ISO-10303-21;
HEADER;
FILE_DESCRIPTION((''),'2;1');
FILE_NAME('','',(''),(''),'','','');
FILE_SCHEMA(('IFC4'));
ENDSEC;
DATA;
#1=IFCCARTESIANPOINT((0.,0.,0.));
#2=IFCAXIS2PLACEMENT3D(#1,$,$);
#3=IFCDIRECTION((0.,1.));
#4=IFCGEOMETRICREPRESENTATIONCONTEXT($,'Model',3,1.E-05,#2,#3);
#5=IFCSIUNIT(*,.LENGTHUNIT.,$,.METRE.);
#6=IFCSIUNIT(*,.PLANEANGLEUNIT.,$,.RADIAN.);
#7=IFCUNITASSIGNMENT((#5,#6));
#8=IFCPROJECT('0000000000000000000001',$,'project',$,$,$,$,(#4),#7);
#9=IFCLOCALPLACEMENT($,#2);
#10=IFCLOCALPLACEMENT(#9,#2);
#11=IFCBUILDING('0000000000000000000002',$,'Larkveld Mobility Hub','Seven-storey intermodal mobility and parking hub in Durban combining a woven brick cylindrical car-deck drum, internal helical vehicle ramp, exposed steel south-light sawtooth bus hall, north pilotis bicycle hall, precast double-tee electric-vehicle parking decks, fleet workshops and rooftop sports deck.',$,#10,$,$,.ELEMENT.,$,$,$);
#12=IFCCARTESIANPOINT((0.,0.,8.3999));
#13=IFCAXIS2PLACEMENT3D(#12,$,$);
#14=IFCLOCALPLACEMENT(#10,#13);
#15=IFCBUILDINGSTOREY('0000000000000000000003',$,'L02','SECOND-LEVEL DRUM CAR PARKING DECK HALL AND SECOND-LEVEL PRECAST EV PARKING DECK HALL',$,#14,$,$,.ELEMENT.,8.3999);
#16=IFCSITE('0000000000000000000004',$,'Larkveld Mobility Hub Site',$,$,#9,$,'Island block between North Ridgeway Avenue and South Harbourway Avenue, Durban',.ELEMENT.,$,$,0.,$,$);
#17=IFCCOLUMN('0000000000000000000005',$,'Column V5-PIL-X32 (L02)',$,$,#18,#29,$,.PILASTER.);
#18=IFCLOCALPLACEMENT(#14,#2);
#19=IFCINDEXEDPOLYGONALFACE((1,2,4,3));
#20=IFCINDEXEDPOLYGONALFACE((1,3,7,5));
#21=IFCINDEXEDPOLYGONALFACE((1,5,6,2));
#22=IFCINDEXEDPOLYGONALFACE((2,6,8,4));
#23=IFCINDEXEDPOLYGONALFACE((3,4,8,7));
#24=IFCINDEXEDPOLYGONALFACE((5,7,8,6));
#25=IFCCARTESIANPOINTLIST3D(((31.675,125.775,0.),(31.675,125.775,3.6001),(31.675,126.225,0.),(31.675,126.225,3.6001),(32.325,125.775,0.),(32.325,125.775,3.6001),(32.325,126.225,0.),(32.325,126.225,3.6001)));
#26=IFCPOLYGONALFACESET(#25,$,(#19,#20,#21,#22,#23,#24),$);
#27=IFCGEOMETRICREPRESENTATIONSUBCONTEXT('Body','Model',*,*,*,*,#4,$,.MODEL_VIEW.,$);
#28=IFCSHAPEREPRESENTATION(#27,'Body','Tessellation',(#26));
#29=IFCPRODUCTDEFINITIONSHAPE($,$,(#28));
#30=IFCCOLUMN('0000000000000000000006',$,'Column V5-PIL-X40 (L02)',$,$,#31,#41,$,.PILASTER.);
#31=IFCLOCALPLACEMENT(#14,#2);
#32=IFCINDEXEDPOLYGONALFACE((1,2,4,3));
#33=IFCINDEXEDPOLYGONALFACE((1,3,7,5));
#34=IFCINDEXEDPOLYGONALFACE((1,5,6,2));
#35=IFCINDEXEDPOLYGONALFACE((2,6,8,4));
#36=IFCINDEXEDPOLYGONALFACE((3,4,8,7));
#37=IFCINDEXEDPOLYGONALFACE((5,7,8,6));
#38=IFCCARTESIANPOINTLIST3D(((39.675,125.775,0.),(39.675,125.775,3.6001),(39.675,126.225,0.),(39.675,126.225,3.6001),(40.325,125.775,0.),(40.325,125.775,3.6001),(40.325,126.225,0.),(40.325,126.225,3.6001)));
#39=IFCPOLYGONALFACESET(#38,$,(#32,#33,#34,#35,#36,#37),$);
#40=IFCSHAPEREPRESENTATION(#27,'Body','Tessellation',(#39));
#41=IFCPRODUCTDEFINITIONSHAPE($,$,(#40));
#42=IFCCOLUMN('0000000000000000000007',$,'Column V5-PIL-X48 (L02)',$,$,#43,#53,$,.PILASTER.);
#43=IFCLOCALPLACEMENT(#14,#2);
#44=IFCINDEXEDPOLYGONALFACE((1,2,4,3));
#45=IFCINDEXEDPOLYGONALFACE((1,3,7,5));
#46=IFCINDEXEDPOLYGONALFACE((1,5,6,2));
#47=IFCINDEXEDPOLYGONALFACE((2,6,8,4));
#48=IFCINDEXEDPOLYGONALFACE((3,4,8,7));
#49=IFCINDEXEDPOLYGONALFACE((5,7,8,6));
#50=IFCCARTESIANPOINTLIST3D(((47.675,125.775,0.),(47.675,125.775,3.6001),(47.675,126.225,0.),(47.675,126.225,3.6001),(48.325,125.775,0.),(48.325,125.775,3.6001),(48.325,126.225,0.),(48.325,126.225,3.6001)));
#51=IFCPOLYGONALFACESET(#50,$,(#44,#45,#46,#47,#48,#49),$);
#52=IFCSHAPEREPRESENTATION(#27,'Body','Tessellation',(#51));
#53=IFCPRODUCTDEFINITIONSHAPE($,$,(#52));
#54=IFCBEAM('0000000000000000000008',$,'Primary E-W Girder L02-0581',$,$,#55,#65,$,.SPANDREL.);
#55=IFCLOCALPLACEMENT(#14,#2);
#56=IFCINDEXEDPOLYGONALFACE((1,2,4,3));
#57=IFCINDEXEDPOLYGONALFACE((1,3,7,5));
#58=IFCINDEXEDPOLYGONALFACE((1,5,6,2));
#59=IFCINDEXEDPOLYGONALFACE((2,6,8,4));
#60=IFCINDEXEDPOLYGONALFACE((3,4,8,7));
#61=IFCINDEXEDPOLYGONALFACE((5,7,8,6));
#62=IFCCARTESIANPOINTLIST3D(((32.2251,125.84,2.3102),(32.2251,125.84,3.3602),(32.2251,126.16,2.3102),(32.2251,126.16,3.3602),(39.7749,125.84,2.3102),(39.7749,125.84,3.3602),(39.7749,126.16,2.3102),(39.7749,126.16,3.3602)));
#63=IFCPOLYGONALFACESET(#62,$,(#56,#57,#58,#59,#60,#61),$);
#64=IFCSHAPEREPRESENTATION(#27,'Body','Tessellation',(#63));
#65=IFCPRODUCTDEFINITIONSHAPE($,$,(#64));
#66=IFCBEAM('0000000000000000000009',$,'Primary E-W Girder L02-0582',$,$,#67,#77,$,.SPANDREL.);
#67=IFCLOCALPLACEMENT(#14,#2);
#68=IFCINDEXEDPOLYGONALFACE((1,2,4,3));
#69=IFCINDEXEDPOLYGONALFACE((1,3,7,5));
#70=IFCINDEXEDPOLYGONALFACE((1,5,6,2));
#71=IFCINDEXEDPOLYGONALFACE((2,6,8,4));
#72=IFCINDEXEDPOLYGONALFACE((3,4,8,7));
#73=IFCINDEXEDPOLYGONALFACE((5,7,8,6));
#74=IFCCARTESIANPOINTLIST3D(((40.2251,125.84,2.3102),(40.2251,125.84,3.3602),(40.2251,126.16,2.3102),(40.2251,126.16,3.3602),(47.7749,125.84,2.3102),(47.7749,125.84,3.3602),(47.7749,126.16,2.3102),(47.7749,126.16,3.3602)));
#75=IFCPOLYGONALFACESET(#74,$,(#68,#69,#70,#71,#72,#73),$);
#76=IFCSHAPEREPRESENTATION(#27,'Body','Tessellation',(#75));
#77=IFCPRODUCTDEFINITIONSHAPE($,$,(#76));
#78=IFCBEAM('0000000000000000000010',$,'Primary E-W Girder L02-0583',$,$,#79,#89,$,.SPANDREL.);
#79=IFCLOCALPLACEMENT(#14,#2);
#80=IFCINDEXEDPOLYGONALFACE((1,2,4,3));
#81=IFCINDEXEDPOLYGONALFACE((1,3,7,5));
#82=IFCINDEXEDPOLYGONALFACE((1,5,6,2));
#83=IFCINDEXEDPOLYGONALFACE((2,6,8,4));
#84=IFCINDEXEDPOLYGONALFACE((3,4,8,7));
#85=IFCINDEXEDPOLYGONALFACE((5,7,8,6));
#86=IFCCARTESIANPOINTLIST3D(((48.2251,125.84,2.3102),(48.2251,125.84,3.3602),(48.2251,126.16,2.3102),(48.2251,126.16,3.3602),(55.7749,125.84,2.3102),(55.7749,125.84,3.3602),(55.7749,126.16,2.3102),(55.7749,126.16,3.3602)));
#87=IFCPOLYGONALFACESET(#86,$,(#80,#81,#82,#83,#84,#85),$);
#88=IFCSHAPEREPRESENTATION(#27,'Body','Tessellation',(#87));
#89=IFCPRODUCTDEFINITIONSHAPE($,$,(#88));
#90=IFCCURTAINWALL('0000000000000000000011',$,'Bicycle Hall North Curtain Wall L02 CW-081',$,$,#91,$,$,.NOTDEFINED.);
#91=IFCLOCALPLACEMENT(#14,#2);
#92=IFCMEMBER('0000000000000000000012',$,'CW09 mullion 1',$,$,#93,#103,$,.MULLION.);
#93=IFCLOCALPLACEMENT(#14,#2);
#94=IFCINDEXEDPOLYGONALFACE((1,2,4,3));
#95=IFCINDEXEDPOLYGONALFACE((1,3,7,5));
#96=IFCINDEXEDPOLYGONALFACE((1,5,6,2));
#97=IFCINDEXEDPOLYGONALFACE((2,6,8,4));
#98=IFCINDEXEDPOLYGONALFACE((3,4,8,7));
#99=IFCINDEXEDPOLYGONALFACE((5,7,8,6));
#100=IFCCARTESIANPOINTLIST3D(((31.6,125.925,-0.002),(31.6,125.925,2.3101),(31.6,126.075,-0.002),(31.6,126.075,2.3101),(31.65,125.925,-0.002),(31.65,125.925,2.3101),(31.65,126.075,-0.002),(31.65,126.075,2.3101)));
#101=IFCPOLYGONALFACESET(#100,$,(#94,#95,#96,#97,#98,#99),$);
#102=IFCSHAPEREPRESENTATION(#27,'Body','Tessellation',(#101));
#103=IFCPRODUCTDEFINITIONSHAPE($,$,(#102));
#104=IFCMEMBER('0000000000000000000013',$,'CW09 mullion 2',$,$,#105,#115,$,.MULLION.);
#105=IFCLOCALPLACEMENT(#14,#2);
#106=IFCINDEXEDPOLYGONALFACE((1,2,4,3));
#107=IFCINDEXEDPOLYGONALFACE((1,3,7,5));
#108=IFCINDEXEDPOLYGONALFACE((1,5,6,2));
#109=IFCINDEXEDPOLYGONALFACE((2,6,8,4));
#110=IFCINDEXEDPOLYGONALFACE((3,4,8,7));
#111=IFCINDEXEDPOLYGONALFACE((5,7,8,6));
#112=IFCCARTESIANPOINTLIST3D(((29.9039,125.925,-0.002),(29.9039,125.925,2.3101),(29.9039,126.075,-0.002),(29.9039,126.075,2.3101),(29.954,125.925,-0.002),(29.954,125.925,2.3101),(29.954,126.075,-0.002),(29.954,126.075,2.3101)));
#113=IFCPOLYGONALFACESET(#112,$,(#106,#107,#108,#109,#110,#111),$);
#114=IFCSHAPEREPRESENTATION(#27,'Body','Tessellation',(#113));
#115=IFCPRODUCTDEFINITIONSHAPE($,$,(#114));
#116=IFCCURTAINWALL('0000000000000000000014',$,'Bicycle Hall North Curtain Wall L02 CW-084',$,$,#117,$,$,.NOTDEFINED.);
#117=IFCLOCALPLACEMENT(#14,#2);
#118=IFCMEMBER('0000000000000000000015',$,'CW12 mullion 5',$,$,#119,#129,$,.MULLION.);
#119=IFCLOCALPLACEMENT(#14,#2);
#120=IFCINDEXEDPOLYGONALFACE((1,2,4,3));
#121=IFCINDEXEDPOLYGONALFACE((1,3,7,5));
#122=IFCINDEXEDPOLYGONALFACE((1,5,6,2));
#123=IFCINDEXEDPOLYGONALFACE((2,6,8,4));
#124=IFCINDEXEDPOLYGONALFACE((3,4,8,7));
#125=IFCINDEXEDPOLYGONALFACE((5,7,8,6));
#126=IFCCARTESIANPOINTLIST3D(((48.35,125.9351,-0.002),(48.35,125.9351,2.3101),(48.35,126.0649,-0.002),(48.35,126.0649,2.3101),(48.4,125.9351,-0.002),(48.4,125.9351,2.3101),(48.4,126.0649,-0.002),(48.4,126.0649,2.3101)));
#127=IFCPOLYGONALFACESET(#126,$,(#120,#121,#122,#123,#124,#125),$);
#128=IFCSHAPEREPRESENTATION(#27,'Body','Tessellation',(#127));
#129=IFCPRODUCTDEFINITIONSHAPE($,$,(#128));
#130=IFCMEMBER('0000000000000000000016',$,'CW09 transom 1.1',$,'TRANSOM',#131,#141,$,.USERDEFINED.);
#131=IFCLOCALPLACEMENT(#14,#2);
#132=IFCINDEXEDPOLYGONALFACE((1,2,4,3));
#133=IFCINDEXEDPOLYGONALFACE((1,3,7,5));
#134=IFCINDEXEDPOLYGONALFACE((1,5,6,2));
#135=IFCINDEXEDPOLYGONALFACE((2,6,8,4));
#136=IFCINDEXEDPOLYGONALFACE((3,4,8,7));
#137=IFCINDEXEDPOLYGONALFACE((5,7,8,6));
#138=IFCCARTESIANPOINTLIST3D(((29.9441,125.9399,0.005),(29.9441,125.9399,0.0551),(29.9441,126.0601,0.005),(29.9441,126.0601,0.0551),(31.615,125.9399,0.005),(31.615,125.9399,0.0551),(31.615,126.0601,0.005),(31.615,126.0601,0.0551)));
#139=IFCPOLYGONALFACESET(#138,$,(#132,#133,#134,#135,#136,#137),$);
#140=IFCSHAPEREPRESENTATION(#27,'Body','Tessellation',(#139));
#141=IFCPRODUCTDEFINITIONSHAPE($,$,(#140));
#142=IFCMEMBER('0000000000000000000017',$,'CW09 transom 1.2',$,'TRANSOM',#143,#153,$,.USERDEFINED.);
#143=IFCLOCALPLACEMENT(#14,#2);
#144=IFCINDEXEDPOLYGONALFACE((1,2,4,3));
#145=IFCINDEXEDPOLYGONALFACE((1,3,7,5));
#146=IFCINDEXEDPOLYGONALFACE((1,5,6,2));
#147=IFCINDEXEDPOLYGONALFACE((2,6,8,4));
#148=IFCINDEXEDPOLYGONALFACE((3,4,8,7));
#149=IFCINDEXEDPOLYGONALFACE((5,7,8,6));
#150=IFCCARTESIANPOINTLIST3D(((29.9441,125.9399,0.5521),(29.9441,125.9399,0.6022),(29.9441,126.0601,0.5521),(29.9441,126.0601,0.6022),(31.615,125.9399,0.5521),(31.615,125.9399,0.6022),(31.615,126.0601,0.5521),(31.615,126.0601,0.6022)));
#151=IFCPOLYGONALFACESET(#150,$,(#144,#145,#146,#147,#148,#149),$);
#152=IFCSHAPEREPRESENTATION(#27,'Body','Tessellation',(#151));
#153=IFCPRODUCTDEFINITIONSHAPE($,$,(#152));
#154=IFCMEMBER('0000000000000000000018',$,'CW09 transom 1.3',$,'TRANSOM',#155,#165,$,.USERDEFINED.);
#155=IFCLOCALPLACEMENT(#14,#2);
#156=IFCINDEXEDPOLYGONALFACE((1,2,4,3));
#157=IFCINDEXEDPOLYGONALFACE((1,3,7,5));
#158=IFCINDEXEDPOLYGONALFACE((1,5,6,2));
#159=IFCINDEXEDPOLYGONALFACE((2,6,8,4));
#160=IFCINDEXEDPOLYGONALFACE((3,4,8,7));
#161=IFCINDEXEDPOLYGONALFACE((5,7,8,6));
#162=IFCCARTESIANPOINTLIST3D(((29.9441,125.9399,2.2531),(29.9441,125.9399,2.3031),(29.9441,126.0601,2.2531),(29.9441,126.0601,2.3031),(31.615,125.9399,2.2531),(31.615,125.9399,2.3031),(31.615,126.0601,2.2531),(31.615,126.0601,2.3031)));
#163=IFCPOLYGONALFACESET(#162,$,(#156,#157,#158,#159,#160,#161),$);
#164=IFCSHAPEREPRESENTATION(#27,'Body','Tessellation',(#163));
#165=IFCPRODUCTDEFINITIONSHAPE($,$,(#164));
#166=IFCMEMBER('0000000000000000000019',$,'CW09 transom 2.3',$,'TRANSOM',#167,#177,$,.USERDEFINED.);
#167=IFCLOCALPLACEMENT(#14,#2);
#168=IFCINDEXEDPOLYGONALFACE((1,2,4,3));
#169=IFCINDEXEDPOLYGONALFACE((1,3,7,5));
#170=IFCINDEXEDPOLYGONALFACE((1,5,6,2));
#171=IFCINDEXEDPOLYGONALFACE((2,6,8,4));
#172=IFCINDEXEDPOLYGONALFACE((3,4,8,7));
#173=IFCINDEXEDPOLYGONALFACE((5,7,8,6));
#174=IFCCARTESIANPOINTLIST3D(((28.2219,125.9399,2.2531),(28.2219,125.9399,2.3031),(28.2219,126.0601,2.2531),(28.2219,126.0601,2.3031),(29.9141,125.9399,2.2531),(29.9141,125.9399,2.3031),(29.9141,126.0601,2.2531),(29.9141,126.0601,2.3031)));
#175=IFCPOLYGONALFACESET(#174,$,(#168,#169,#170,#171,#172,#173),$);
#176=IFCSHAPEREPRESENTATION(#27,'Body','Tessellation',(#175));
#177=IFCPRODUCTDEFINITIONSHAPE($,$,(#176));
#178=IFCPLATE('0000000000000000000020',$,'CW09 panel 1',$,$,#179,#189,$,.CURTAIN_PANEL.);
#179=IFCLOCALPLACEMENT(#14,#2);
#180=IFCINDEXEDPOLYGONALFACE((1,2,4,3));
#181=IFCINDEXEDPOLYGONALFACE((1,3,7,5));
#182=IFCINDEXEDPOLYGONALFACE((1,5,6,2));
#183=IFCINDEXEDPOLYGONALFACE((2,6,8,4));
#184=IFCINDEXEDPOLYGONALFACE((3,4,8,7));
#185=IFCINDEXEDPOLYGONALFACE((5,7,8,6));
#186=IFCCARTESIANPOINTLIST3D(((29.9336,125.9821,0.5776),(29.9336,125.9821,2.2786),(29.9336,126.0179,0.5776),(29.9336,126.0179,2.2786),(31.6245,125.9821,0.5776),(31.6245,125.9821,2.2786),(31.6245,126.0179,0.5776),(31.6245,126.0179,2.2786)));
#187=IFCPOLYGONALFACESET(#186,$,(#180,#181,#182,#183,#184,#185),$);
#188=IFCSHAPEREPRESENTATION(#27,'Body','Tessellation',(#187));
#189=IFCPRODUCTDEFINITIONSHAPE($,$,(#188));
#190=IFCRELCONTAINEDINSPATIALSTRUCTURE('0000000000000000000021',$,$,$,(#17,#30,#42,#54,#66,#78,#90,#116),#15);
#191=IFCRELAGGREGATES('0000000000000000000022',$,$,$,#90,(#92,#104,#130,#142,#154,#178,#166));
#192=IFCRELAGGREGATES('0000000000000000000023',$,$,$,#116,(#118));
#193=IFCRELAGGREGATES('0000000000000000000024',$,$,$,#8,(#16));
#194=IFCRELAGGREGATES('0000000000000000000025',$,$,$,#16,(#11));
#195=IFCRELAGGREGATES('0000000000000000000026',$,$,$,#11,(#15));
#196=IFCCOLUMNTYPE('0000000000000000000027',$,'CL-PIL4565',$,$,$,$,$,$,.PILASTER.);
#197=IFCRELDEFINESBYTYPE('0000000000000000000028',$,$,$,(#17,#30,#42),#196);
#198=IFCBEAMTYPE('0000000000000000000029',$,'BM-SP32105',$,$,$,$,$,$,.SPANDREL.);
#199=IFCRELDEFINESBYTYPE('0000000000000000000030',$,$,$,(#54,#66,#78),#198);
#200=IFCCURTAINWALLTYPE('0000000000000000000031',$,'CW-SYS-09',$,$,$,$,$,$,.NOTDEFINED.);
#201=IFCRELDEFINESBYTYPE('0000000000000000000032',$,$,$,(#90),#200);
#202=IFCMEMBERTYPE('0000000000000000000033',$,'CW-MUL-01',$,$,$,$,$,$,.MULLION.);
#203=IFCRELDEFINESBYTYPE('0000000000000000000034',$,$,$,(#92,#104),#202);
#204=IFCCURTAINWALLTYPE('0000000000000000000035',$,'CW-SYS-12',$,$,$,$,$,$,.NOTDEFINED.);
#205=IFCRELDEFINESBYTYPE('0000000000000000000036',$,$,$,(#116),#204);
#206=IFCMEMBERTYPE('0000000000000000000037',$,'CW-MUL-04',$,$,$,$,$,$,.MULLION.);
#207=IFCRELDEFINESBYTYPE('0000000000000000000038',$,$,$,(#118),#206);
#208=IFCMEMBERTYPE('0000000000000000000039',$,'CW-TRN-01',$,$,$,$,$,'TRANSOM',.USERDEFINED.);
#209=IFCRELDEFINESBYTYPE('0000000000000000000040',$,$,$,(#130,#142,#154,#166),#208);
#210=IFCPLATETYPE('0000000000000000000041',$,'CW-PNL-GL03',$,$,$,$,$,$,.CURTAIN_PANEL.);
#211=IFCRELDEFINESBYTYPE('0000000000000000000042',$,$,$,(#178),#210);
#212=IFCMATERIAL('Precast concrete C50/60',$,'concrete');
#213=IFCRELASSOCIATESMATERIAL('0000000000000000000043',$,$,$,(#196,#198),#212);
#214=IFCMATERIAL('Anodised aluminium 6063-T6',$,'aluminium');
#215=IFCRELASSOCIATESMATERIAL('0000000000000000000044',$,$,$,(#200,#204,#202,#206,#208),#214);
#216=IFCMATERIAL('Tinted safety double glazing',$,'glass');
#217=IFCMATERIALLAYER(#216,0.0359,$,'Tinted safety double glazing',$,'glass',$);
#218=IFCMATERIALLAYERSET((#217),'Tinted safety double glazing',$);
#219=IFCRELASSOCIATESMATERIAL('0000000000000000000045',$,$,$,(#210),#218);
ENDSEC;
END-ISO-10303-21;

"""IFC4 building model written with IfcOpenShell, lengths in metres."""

from ifc_helpers import new_model, si_unit, direction, frame, origin, origin_2d, place, context, subcontext, project, spatial, rectangle, extrude, material, layer, layer_set, material_profile, profile_set, type_object, element, aggregate, save


model = new_model("IFC4")

# Units and contexts
model_context = context("Model", 3, precision=1e-05, world=origin(), true_north=direction((0.0, 1.0)))
body_context = subcontext(model_context, "Body", "Model", "MODEL_VIEW")
ifc_project = project(units=[si_unit("LENGTHUNIT", "METRE"), si_unit("PLANEANGLEUNIT", "RADIAN")], contexts=[model_context])

# Site, building, storey
site_placement = place(None, origin())
site = spatial("IfcSite", under=ifc_project, at=site_placement, Name="Larkveld Mobility Hub Site", LongName="Island block between North Ridgeway Avenue and South Harbourway Avenue, Durban", CompositionType="ELEMENT", RefElevation=0.0)
building_placement = place(site_placement, origin())
building = spatial("IfcBuilding", under=site, at=building_placement, Name="Larkveld Mobility Hub", Description="Seven-storey intermodal mobility and parking hub in Durban combining a woven brick cylindrical car-deck drum, internal helical vehicle ramp, exposed steel south-light sawtooth bus hall, north pilotis bicycle hall, precast double-tee electric-vehicle parking decks, fleet workshops and rooftop sports deck.", CompositionType="ELEMENT")
storey_placement = place(building_placement, frame((0.0, 0.0, 8.3999)))
storey = spatial("IfcBuildingStorey", under=building, at=storey_placement, Name="L02", Description="SECOND-LEVEL DRUM CAR PARKING DECK HALL AND SECOND-LEVEL PRECAST EV PARKING DECK HALL", CompositionType="ELEMENT", Elevation=8.3999)

# Columns
ifc_material_1 = material(Name="Precast concrete C50/60", Category="concrete")
ifc_material_profile_1 = material_profile(ifc_material_1, rectangle(XDim=0.45, YDim=0.6499, at=origin_2d()), Name="PC PIL 450x650")
ifc_profile_set_1 = profile_set([ifc_material_profile_1], Name="Precast concrete C50/60")
column_type = type_object("IfcColumnType", Name="CL-PIL4565", PredefinedType="PILASTER", material=ifc_profile_set_1)
for number, where, z_axis, x_axis, name in (
    (1, (32.0, 126.0, 0.0), (0.0, 0.0, 1.0), (0.0, 1.0, 0.0), "Column V5-PIL-X32 (L02)"),
    (2, (40.0, 126.0, 0.0), (0.0, 0.0, 1.0), (0.0, 1.0, 0.0), "Column V5-PIL-X40 (L02)"),
    (3, (48.0, 126.0, 0.0), (0.0, 0.0, 1.0), (0.0, 1.0, 0.0), "Column V5-PIL-X48 (L02)"),
):
    element("IfcColumn", number, at=place(storey_placement, frame(where, z_axis=z_axis, x_axis=x_axis)), inside=storey, type_object=column_type, Name=name, PredefinedType="PILASTER", context=body_context, shape_type="SweptSolid", body=[
        extrude(rectangle(XDim=0.45, YDim=0.6499, at=origin_2d()), origin(), (0.0, 0.0, 1.0), 3.6001),
    ])

# Beams
ifc_material_profile_2 = material_profile(ifc_material_1, rectangle(XDim=0.3201, YDim=1.05, at=origin_2d()), Name="PC SP 320x1050")
ifc_profile_set_2 = profile_set([ifc_material_profile_2], Name="Precast concrete C50/60")
beam_type = type_object("IfcBeamType", Name="BM-SP32105", PredefinedType="SPANDREL", material=ifc_profile_set_2)
for number, where, z_axis, x_axis, name in (
    (4, (32.2251, 126.0, 2.8352), (1.0, 0.0, 0.0), (0.0, 1.0, 0.0), "Primary E-W Girder L02-0581"),
    (5, (40.2251, 126.0, 2.8352), (1.0, 0.0, 0.0), (0.0, 1.0, 0.0), "Primary E-W Girder L02-0582"),
    (6, (48.2251, 126.0, 2.8352), (1.0, 0.0, 0.0), (0.0, 1.0, 0.0), "Primary E-W Girder L02-0583"),
):
    element("IfcBeam", number, at=place(storey_placement, frame(where, z_axis=z_axis, x_axis=x_axis)), inside=storey, type_object=beam_type, Name=name, PredefinedType="SPANDREL", context=body_context, shape_type="SweptSolid", body=[
        extrude(rectangle(XDim=0.3201, YDim=1.05, at=origin_2d()), origin(), (0.0, 0.0, 1.0), 7.5498),
    ])

# Curtain wall, members
ifc_material_2 = material(Name="Anodised aluminium 6063-T6", Category="aluminium")
curtain_wall_type_1 = type_object("IfcCurtainWallType", Name="CW-SYS-09", PredefinedType="NOTDEFINED", material=ifc_material_2)
curtain_wall_1_placement = place(storey_placement, origin())
curtain_wall_1 = element("IfcCurtainWall", 7, at=curtain_wall_1_placement, inside=storey, type_object=curtain_wall_type_1, Name="Bicycle Hall North Curtain Wall L02 CW-081", PredefinedType="NOTDEFINED")
ifc_material_profile_3 = material_profile(ifc_material_2, rectangle(XDim=0.05, YDim=0.1499, at=origin_2d()), Name="ALU MULL 50x150")
ifc_profile_set_3 = profile_set([ifc_material_profile_3], Name="Anodised aluminium 6063-T6")
member_type_1 = type_object("IfcMemberType", Name="CW-MUL-01", PredefinedType="MULLION", material=ifc_profile_set_3)
member_1_placement = place(storey_placement, frame((31.625, 126.0, -0.002), z_axis=(0.0, 0.0, 1.0), x_axis=(-1.0, 0.0, 0.0)))
member_1 = element("IfcMember", 8, at=member_1_placement, type_object=member_type_1, Name="CW09 mullion 1", PredefinedType="MULLION", context=body_context, shape_type="SweptSolid", body=[
    extrude(rectangle(XDim=0.05, YDim=0.1499, at=origin_2d()), origin(), (0.0, 0.0, 1.0), 2.312),
])
member_2_placement = place(storey_placement, frame((29.929, 126.0, -0.002), z_axis=(0.0, 0.0, 1.0), x_axis=(-1.0, 0.0, 0.0)))
member_2 = element("IfcMember", 9, at=member_2_placement, type_object=member_type_1, Name="CW09 mullion 2", PredefinedType="MULLION", context=body_context, shape_type="SweptSolid", body=[
    extrude(rectangle(XDim=0.05, YDim=0.1499, at=origin_2d()), origin(), (0.0, 0.0, 1.0), 2.312),
])

# Curtain wall, member
curtain_wall_type_2 = type_object("IfcCurtainWallType", Name="CW-SYS-12", PredefinedType="NOTDEFINED", material=ifc_material_2)
curtain_wall_2_placement = place(storey_placement, origin())
curtain_wall_2 = element("IfcCurtainWall", 10, at=curtain_wall_2_placement, inside=storey, type_object=curtain_wall_type_2, Name="Bicycle Hall North Curtain Wall L02 CW-084", PredefinedType="NOTDEFINED")
ifc_material_profile_4 = material_profile(ifc_material_2, rectangle(XDim=0.05, YDim=0.1299, at=origin_2d()), Name="ALU MULL 50x130")
ifc_profile_set_4 = profile_set([ifc_material_profile_4], Name="Anodised aluminium 6063-T6")
member_type_2 = type_object("IfcMemberType", Name="CW-MUL-04", PredefinedType="MULLION", material=ifc_profile_set_4)
member_3_placement = place(storey_placement, frame((48.375, 126.0, -0.002), z_axis=(0.0, 0.0, 1.0), x_axis=(-1.0, 0.0, 0.0)))
member_3 = element("IfcMember", 11, at=member_3_placement, type_object=member_type_2, Name="CW12 mullion 5", PredefinedType="MULLION", context=body_context, shape_type="SweptSolid", body=[
    extrude(rectangle(XDim=0.05, YDim=0.1299, at=origin_2d()), origin(), (0.0, 0.0, 1.0), 2.312),
])

# Members
ifc_material_profile_5 = material_profile(ifc_material_2, rectangle(XDim=0.1201, YDim=0.05, at=origin_2d()), Name="ALU TRAN 50x120")
ifc_profile_set_5 = profile_set([ifc_material_profile_5], Name="Anodised aluminium 6063-T6")
member_type_3 = type_object("IfcMemberType", Name="CW-TRN-01", ElementType="TRANSOM", PredefinedType="USERDEFINED", material=ifc_profile_set_5)
member_4_placement = place(storey_placement, frame((31.615, 126.0, 0.03), z_axis=(-1.0, 0.0, 0.0), x_axis=(0.0, -1.0, 0.0)))
member_4 = element("IfcMember", 12, at=member_4_placement, type_object=member_type_3, Name="CW09 transom 1.1", ObjectType="TRANSOM", PredefinedType="USERDEFINED", context=body_context, shape_type="SweptSolid", body=[
    extrude(rectangle(XDim=0.1201, YDim=0.05, at=origin_2d()), origin(), (0.0, 0.0, 1.0), 1.6709),
])
member_5_placement = place(storey_placement, frame((31.615, 126.0, 0.5771), z_axis=(-1.0, 0.0, 0.0), x_axis=(0.0, -1.0, 0.0)))
member_5 = element("IfcMember", 13, at=member_5_placement, type_object=member_type_3, Name="CW09 transom 1.2", ObjectType="TRANSOM", PredefinedType="USERDEFINED", context=body_context, shape_type="SweptSolid", body=[
    extrude(rectangle(XDim=0.1201, YDim=0.05, at=origin_2d()), origin(), (0.0, 0.0, 1.0), 1.6709),
])
member_6_placement = place(storey_placement, frame((31.615, 126.0, 2.2781), z_axis=(-1.0, 0.0, 0.0), x_axis=(0.0, -1.0, 0.0)))
member_6 = element("IfcMember", 14, at=member_6_placement, type_object=member_type_3, Name="CW09 transom 1.3", ObjectType="TRANSOM", PredefinedType="USERDEFINED", context=body_context, shape_type="SweptSolid", body=[
    extrude(rectangle(XDim=0.1201, YDim=0.05, at=origin_2d()), origin(), (0.0, 0.0, 1.0), 1.6709),
])
member_7_placement = place(storey_placement, frame((29.9141, 126.0, 2.2781), z_axis=(-1.0, 0.0, 0.0), x_axis=(0.0, -1.0, 0.0)))
member_7 = element("IfcMember", 15, at=member_7_placement, type_object=member_type_3, Name="CW09 transom 2.3", ObjectType="TRANSOM", PredefinedType="USERDEFINED", context=body_context, shape_type="SweptSolid", body=[
    extrude(rectangle(XDim=0.1201, YDim=0.05, at=origin_2d()), origin(), (0.0, 0.0, 1.0), 1.6921),
])

# Plate
ifc_material_3 = material(Name="Tinted safety double glazing", Category="glass")
ifc_layer_1 = layer(ifc_material_3, 0.0359, Name="Tinted safety double glazing", Category="glass")
ifc_layer_set_1 = layer_set([ifc_layer_1], Name="Tinted safety double glazing")
plate_type_1 = type_object("IfcPlateType", Name="CW-PNL-GL03", PredefinedType="CURTAIN_PANEL", material=ifc_layer_set_1)
plate_1_placement = place(storey_placement, frame((30.7791, 126.0, 0.5776), z_axis=(0.0, 0.0, 1.0), x_axis=(-1.0, 0.0, 0.0)))
plate_1 = element("IfcPlate", 16, at=plate_1_placement, type_object=plate_type_1, Name="CW09 panel 1", PredefinedType="CURTAIN_PANEL", context=body_context, shape_type="SweptSolid", body=[
    extrude(rectangle(XDim=1.6909, YDim=0.0359, at=origin_2d()), origin(), (0.0, 0.0, 1.0), 1.7009),
])
aggregate(curtain_wall_1, [member_1, member_2, member_4, member_5, member_6, plate_1, member_7])
aggregate(curtain_wall_2, [member_3])

save(model, "model.ifc")
